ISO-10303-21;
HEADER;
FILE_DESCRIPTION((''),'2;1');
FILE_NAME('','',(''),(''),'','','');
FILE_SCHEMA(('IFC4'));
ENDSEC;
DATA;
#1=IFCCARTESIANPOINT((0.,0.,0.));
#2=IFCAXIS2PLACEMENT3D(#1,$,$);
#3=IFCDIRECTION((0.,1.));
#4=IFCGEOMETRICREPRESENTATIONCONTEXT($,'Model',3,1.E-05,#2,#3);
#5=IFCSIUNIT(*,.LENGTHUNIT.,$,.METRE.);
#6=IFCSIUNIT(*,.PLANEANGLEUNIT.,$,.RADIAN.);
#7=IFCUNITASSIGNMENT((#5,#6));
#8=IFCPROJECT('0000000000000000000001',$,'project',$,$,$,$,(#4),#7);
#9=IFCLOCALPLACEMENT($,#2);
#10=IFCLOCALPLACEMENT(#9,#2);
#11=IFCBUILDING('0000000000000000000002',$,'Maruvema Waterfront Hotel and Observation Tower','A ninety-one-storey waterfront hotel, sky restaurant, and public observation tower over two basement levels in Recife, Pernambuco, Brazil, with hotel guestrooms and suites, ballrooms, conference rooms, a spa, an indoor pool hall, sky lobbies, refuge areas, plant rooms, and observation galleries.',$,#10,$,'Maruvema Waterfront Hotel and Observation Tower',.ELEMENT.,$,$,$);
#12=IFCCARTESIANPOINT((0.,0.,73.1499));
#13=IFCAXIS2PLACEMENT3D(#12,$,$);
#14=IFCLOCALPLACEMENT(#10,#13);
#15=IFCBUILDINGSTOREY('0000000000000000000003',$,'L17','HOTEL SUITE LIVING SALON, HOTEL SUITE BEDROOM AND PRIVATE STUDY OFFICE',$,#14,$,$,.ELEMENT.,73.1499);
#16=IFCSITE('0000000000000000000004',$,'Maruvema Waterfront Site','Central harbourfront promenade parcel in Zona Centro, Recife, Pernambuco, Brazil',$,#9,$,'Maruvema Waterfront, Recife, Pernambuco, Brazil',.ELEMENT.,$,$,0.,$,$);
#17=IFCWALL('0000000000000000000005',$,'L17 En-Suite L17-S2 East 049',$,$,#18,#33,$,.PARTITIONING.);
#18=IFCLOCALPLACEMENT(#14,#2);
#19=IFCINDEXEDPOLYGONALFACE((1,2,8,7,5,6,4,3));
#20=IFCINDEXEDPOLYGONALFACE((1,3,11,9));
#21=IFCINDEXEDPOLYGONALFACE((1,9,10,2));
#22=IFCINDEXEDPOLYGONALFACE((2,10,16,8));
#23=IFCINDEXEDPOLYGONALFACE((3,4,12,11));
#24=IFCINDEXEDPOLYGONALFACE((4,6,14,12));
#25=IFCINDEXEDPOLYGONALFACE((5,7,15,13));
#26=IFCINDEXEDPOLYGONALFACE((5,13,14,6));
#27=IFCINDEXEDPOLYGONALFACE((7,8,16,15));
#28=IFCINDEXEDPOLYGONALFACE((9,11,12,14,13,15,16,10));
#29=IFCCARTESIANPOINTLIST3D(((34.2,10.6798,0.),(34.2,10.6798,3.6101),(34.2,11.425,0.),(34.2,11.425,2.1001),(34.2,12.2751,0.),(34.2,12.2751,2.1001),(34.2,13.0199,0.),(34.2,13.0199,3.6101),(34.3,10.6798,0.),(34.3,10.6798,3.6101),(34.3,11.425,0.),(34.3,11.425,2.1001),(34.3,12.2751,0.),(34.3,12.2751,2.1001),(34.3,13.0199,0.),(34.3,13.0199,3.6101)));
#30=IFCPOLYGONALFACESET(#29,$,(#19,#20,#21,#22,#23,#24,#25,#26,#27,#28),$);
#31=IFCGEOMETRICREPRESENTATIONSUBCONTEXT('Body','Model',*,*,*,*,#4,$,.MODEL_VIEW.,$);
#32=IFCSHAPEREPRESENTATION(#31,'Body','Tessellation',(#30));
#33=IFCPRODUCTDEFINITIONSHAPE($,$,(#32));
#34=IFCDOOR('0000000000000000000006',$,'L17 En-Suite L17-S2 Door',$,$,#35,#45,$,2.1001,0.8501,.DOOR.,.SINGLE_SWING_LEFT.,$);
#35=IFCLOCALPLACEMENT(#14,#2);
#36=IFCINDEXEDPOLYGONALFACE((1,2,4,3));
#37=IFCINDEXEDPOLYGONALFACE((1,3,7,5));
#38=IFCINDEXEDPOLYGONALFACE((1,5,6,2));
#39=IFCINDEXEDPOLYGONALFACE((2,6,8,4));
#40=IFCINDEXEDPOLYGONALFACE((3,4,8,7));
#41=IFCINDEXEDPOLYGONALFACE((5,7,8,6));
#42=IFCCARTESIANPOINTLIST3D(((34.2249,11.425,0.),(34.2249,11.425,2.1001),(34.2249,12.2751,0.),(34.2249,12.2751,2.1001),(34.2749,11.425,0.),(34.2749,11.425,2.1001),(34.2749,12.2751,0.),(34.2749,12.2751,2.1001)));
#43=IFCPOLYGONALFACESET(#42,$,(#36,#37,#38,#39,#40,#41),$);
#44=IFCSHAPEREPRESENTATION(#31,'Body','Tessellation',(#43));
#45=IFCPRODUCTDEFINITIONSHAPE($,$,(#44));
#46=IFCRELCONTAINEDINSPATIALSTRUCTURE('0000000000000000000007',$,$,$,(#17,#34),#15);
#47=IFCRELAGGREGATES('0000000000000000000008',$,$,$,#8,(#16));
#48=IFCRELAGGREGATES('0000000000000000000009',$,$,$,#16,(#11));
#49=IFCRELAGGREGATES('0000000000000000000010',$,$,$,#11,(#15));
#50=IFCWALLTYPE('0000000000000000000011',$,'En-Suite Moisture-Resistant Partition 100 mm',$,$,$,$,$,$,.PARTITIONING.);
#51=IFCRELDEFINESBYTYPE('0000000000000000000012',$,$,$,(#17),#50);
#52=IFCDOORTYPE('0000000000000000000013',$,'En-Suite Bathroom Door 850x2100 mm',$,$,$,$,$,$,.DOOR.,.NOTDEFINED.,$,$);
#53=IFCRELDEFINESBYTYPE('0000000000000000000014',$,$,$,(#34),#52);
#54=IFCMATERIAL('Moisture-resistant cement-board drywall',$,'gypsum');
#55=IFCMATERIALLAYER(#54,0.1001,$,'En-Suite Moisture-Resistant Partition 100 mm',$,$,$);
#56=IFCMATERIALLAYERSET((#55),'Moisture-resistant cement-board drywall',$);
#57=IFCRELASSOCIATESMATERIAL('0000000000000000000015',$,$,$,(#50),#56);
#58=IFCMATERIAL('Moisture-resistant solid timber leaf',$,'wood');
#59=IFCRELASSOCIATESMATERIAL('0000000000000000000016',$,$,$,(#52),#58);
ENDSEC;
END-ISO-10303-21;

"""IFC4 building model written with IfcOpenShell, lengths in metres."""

from ifc_helpers import new_model, si_unit, direction, frame, frame_2d, origin, place, context, subcontext, project, spatial, rectangle, extrude, material, layer, layer_set, type_object, element, fill, save


model = new_model("IFC4")

# Units and contexts
model_context = context("Model", 3, precision=1e-05, world=origin(), true_north=direction((0.0, 1.0)))
body_context = subcontext(model_context, "Body", "Model", "MODEL_VIEW")
ifc_project = project(units=[si_unit("LENGTHUNIT", "METRE"), si_unit("PLANEANGLEUNIT", "RADIAN")], contexts=[model_context])

# Site, building, storey
site_placement = place(None, origin())
site = spatial("IfcSite", under=ifc_project, at=site_placement, Name="Maruvema Waterfront Site", Description="Central harbourfront promenade parcel in Zona Centro, Recife, Pernambuco, Brazil", LongName="Maruvema Waterfront, Recife, Pernambuco, Brazil", CompositionType="ELEMENT", RefElevation=0.0)
building_placement = place(site_placement, origin())
building = spatial("IfcBuilding", under=site, at=building_placement, Name="Maruvema Waterfront Hotel and Observation Tower", Description="A ninety-one-storey waterfront hotel, sky restaurant, and public observation tower over two basement levels in Recife, Pernambuco, Brazil, with hotel guestrooms and suites, ballrooms, conference rooms, a spa, an indoor pool hall, sky lobbies, refuge areas, plant rooms, and observation galleries.", LongName="Maruvema Waterfront Hotel and Observation Tower", CompositionType="ELEMENT")
storey_placement = place(building_placement, frame((0.0, 0.0, 73.1499)))
storey = spatial("IfcBuildingStorey", under=building, at=storey_placement, Name="L17", Description="HOTEL SUITE LIVING SALON, HOTEL SUITE BEDROOM AND PRIVATE STUDY OFFICE", CompositionType="ELEMENT", Elevation=73.1499)

# Shared definitions
ifc_material_1 = material(Name="Moisture-resistant cement-board drywall", Category="gypsum")
ifc_layer_1 = layer(ifc_material_1, 0.1001, Name="En-Suite Moisture-Resistant Partition 100 mm")
ifc_layer_set_1 = layer_set([ifc_layer_1], Name="Moisture-resistant cement-board drywall")
wall_type_1 = type_object("IfcWallType", Name="En-Suite Moisture-Resistant Partition 100 mm", PredefinedType="PARTITIONING", material=ifc_layer_set_1)

# Shared definitions
ifc_material_2 = material(Name="Moisture-resistant solid timber leaf", Category="wood")
door_type_1 = type_object("IfcDoorType", Name="En-Suite Bathroom Door 850x2100 mm", OperationType="NOTDEFINED", PredefinedType="DOOR", material=ifc_material_2)

# Wall, opening, door
wall_1_placement = place(storey_placement, frame((34.25, 10.6799, 0.0), z_axis=(0.0, 0.0, 1.0), x_axis=(0.0, 1.0, 0.0)))
wall_1 = element("IfcWall", 1, at=wall_1_placement, inside=storey, type_object=wall_type_1, Name="L17 En-Suite L17-S2 East 049", PredefinedType="PARTITIONING", context=body_context, shape_type="SweptSolid", body=[
    extrude(rectangle(XDim=2.3401, YDim=0.1001, at=frame_2d((1.1699, 0.0))), origin(), (0.0, 0.0, 1.0), 3.6101),
])
opening_1_placement = place(wall_1_placement, frame((0.7451, 0.0, 0.0)))
opening_1 = element("IfcOpeningElement", 2, at=opening_1_placement, cuts=wall_1, PredefinedType="OPENING", context=body_context, shape_type="SweptSolid", body=[
    extrude(rectangle(XDim=0.8501, YDim=2.1001, at=frame_2d((0.425, 1.05))), frame((0.0, 0.0601, 0.0), z_axis=(0.0, -1.0, 0.0), x_axis=(1.0, 0.0, 0.0)), (0.0, 0.0, 1.0), 0.1201),
])
door_1_placement = place(opening_1_placement, frame((0.8501, 0.0, 0.0), z_axis=(0.0, 0.0, 1.0), x_axis=(-1.0, 0.0, 0.0)))
door_1 = element("IfcDoor", 3, at=door_1_placement, inside=storey, type_object=door_type_1, Name="L17 En-Suite L17-S2 Door", OperationType="SINGLE_SWING_LEFT", OverallHeight=2.1001, OverallWidth=0.8501, PredefinedType="DOOR", context=body_context, shape_type="SweptSolid", body=[
    extrude(rectangle(XDim=0.8501, YDim=2.1001, at=frame_2d((0.425, 1.05))), frame((0.0, 0.0249, 0.0), z_axis=(0.0, -1.0, 0.0), x_axis=(1.0, 0.0, 0.0)), (0.0, 0.0, 1.0), 0.05),
])
fill(opening_1, door_1)

save(model, "model.ifc")
